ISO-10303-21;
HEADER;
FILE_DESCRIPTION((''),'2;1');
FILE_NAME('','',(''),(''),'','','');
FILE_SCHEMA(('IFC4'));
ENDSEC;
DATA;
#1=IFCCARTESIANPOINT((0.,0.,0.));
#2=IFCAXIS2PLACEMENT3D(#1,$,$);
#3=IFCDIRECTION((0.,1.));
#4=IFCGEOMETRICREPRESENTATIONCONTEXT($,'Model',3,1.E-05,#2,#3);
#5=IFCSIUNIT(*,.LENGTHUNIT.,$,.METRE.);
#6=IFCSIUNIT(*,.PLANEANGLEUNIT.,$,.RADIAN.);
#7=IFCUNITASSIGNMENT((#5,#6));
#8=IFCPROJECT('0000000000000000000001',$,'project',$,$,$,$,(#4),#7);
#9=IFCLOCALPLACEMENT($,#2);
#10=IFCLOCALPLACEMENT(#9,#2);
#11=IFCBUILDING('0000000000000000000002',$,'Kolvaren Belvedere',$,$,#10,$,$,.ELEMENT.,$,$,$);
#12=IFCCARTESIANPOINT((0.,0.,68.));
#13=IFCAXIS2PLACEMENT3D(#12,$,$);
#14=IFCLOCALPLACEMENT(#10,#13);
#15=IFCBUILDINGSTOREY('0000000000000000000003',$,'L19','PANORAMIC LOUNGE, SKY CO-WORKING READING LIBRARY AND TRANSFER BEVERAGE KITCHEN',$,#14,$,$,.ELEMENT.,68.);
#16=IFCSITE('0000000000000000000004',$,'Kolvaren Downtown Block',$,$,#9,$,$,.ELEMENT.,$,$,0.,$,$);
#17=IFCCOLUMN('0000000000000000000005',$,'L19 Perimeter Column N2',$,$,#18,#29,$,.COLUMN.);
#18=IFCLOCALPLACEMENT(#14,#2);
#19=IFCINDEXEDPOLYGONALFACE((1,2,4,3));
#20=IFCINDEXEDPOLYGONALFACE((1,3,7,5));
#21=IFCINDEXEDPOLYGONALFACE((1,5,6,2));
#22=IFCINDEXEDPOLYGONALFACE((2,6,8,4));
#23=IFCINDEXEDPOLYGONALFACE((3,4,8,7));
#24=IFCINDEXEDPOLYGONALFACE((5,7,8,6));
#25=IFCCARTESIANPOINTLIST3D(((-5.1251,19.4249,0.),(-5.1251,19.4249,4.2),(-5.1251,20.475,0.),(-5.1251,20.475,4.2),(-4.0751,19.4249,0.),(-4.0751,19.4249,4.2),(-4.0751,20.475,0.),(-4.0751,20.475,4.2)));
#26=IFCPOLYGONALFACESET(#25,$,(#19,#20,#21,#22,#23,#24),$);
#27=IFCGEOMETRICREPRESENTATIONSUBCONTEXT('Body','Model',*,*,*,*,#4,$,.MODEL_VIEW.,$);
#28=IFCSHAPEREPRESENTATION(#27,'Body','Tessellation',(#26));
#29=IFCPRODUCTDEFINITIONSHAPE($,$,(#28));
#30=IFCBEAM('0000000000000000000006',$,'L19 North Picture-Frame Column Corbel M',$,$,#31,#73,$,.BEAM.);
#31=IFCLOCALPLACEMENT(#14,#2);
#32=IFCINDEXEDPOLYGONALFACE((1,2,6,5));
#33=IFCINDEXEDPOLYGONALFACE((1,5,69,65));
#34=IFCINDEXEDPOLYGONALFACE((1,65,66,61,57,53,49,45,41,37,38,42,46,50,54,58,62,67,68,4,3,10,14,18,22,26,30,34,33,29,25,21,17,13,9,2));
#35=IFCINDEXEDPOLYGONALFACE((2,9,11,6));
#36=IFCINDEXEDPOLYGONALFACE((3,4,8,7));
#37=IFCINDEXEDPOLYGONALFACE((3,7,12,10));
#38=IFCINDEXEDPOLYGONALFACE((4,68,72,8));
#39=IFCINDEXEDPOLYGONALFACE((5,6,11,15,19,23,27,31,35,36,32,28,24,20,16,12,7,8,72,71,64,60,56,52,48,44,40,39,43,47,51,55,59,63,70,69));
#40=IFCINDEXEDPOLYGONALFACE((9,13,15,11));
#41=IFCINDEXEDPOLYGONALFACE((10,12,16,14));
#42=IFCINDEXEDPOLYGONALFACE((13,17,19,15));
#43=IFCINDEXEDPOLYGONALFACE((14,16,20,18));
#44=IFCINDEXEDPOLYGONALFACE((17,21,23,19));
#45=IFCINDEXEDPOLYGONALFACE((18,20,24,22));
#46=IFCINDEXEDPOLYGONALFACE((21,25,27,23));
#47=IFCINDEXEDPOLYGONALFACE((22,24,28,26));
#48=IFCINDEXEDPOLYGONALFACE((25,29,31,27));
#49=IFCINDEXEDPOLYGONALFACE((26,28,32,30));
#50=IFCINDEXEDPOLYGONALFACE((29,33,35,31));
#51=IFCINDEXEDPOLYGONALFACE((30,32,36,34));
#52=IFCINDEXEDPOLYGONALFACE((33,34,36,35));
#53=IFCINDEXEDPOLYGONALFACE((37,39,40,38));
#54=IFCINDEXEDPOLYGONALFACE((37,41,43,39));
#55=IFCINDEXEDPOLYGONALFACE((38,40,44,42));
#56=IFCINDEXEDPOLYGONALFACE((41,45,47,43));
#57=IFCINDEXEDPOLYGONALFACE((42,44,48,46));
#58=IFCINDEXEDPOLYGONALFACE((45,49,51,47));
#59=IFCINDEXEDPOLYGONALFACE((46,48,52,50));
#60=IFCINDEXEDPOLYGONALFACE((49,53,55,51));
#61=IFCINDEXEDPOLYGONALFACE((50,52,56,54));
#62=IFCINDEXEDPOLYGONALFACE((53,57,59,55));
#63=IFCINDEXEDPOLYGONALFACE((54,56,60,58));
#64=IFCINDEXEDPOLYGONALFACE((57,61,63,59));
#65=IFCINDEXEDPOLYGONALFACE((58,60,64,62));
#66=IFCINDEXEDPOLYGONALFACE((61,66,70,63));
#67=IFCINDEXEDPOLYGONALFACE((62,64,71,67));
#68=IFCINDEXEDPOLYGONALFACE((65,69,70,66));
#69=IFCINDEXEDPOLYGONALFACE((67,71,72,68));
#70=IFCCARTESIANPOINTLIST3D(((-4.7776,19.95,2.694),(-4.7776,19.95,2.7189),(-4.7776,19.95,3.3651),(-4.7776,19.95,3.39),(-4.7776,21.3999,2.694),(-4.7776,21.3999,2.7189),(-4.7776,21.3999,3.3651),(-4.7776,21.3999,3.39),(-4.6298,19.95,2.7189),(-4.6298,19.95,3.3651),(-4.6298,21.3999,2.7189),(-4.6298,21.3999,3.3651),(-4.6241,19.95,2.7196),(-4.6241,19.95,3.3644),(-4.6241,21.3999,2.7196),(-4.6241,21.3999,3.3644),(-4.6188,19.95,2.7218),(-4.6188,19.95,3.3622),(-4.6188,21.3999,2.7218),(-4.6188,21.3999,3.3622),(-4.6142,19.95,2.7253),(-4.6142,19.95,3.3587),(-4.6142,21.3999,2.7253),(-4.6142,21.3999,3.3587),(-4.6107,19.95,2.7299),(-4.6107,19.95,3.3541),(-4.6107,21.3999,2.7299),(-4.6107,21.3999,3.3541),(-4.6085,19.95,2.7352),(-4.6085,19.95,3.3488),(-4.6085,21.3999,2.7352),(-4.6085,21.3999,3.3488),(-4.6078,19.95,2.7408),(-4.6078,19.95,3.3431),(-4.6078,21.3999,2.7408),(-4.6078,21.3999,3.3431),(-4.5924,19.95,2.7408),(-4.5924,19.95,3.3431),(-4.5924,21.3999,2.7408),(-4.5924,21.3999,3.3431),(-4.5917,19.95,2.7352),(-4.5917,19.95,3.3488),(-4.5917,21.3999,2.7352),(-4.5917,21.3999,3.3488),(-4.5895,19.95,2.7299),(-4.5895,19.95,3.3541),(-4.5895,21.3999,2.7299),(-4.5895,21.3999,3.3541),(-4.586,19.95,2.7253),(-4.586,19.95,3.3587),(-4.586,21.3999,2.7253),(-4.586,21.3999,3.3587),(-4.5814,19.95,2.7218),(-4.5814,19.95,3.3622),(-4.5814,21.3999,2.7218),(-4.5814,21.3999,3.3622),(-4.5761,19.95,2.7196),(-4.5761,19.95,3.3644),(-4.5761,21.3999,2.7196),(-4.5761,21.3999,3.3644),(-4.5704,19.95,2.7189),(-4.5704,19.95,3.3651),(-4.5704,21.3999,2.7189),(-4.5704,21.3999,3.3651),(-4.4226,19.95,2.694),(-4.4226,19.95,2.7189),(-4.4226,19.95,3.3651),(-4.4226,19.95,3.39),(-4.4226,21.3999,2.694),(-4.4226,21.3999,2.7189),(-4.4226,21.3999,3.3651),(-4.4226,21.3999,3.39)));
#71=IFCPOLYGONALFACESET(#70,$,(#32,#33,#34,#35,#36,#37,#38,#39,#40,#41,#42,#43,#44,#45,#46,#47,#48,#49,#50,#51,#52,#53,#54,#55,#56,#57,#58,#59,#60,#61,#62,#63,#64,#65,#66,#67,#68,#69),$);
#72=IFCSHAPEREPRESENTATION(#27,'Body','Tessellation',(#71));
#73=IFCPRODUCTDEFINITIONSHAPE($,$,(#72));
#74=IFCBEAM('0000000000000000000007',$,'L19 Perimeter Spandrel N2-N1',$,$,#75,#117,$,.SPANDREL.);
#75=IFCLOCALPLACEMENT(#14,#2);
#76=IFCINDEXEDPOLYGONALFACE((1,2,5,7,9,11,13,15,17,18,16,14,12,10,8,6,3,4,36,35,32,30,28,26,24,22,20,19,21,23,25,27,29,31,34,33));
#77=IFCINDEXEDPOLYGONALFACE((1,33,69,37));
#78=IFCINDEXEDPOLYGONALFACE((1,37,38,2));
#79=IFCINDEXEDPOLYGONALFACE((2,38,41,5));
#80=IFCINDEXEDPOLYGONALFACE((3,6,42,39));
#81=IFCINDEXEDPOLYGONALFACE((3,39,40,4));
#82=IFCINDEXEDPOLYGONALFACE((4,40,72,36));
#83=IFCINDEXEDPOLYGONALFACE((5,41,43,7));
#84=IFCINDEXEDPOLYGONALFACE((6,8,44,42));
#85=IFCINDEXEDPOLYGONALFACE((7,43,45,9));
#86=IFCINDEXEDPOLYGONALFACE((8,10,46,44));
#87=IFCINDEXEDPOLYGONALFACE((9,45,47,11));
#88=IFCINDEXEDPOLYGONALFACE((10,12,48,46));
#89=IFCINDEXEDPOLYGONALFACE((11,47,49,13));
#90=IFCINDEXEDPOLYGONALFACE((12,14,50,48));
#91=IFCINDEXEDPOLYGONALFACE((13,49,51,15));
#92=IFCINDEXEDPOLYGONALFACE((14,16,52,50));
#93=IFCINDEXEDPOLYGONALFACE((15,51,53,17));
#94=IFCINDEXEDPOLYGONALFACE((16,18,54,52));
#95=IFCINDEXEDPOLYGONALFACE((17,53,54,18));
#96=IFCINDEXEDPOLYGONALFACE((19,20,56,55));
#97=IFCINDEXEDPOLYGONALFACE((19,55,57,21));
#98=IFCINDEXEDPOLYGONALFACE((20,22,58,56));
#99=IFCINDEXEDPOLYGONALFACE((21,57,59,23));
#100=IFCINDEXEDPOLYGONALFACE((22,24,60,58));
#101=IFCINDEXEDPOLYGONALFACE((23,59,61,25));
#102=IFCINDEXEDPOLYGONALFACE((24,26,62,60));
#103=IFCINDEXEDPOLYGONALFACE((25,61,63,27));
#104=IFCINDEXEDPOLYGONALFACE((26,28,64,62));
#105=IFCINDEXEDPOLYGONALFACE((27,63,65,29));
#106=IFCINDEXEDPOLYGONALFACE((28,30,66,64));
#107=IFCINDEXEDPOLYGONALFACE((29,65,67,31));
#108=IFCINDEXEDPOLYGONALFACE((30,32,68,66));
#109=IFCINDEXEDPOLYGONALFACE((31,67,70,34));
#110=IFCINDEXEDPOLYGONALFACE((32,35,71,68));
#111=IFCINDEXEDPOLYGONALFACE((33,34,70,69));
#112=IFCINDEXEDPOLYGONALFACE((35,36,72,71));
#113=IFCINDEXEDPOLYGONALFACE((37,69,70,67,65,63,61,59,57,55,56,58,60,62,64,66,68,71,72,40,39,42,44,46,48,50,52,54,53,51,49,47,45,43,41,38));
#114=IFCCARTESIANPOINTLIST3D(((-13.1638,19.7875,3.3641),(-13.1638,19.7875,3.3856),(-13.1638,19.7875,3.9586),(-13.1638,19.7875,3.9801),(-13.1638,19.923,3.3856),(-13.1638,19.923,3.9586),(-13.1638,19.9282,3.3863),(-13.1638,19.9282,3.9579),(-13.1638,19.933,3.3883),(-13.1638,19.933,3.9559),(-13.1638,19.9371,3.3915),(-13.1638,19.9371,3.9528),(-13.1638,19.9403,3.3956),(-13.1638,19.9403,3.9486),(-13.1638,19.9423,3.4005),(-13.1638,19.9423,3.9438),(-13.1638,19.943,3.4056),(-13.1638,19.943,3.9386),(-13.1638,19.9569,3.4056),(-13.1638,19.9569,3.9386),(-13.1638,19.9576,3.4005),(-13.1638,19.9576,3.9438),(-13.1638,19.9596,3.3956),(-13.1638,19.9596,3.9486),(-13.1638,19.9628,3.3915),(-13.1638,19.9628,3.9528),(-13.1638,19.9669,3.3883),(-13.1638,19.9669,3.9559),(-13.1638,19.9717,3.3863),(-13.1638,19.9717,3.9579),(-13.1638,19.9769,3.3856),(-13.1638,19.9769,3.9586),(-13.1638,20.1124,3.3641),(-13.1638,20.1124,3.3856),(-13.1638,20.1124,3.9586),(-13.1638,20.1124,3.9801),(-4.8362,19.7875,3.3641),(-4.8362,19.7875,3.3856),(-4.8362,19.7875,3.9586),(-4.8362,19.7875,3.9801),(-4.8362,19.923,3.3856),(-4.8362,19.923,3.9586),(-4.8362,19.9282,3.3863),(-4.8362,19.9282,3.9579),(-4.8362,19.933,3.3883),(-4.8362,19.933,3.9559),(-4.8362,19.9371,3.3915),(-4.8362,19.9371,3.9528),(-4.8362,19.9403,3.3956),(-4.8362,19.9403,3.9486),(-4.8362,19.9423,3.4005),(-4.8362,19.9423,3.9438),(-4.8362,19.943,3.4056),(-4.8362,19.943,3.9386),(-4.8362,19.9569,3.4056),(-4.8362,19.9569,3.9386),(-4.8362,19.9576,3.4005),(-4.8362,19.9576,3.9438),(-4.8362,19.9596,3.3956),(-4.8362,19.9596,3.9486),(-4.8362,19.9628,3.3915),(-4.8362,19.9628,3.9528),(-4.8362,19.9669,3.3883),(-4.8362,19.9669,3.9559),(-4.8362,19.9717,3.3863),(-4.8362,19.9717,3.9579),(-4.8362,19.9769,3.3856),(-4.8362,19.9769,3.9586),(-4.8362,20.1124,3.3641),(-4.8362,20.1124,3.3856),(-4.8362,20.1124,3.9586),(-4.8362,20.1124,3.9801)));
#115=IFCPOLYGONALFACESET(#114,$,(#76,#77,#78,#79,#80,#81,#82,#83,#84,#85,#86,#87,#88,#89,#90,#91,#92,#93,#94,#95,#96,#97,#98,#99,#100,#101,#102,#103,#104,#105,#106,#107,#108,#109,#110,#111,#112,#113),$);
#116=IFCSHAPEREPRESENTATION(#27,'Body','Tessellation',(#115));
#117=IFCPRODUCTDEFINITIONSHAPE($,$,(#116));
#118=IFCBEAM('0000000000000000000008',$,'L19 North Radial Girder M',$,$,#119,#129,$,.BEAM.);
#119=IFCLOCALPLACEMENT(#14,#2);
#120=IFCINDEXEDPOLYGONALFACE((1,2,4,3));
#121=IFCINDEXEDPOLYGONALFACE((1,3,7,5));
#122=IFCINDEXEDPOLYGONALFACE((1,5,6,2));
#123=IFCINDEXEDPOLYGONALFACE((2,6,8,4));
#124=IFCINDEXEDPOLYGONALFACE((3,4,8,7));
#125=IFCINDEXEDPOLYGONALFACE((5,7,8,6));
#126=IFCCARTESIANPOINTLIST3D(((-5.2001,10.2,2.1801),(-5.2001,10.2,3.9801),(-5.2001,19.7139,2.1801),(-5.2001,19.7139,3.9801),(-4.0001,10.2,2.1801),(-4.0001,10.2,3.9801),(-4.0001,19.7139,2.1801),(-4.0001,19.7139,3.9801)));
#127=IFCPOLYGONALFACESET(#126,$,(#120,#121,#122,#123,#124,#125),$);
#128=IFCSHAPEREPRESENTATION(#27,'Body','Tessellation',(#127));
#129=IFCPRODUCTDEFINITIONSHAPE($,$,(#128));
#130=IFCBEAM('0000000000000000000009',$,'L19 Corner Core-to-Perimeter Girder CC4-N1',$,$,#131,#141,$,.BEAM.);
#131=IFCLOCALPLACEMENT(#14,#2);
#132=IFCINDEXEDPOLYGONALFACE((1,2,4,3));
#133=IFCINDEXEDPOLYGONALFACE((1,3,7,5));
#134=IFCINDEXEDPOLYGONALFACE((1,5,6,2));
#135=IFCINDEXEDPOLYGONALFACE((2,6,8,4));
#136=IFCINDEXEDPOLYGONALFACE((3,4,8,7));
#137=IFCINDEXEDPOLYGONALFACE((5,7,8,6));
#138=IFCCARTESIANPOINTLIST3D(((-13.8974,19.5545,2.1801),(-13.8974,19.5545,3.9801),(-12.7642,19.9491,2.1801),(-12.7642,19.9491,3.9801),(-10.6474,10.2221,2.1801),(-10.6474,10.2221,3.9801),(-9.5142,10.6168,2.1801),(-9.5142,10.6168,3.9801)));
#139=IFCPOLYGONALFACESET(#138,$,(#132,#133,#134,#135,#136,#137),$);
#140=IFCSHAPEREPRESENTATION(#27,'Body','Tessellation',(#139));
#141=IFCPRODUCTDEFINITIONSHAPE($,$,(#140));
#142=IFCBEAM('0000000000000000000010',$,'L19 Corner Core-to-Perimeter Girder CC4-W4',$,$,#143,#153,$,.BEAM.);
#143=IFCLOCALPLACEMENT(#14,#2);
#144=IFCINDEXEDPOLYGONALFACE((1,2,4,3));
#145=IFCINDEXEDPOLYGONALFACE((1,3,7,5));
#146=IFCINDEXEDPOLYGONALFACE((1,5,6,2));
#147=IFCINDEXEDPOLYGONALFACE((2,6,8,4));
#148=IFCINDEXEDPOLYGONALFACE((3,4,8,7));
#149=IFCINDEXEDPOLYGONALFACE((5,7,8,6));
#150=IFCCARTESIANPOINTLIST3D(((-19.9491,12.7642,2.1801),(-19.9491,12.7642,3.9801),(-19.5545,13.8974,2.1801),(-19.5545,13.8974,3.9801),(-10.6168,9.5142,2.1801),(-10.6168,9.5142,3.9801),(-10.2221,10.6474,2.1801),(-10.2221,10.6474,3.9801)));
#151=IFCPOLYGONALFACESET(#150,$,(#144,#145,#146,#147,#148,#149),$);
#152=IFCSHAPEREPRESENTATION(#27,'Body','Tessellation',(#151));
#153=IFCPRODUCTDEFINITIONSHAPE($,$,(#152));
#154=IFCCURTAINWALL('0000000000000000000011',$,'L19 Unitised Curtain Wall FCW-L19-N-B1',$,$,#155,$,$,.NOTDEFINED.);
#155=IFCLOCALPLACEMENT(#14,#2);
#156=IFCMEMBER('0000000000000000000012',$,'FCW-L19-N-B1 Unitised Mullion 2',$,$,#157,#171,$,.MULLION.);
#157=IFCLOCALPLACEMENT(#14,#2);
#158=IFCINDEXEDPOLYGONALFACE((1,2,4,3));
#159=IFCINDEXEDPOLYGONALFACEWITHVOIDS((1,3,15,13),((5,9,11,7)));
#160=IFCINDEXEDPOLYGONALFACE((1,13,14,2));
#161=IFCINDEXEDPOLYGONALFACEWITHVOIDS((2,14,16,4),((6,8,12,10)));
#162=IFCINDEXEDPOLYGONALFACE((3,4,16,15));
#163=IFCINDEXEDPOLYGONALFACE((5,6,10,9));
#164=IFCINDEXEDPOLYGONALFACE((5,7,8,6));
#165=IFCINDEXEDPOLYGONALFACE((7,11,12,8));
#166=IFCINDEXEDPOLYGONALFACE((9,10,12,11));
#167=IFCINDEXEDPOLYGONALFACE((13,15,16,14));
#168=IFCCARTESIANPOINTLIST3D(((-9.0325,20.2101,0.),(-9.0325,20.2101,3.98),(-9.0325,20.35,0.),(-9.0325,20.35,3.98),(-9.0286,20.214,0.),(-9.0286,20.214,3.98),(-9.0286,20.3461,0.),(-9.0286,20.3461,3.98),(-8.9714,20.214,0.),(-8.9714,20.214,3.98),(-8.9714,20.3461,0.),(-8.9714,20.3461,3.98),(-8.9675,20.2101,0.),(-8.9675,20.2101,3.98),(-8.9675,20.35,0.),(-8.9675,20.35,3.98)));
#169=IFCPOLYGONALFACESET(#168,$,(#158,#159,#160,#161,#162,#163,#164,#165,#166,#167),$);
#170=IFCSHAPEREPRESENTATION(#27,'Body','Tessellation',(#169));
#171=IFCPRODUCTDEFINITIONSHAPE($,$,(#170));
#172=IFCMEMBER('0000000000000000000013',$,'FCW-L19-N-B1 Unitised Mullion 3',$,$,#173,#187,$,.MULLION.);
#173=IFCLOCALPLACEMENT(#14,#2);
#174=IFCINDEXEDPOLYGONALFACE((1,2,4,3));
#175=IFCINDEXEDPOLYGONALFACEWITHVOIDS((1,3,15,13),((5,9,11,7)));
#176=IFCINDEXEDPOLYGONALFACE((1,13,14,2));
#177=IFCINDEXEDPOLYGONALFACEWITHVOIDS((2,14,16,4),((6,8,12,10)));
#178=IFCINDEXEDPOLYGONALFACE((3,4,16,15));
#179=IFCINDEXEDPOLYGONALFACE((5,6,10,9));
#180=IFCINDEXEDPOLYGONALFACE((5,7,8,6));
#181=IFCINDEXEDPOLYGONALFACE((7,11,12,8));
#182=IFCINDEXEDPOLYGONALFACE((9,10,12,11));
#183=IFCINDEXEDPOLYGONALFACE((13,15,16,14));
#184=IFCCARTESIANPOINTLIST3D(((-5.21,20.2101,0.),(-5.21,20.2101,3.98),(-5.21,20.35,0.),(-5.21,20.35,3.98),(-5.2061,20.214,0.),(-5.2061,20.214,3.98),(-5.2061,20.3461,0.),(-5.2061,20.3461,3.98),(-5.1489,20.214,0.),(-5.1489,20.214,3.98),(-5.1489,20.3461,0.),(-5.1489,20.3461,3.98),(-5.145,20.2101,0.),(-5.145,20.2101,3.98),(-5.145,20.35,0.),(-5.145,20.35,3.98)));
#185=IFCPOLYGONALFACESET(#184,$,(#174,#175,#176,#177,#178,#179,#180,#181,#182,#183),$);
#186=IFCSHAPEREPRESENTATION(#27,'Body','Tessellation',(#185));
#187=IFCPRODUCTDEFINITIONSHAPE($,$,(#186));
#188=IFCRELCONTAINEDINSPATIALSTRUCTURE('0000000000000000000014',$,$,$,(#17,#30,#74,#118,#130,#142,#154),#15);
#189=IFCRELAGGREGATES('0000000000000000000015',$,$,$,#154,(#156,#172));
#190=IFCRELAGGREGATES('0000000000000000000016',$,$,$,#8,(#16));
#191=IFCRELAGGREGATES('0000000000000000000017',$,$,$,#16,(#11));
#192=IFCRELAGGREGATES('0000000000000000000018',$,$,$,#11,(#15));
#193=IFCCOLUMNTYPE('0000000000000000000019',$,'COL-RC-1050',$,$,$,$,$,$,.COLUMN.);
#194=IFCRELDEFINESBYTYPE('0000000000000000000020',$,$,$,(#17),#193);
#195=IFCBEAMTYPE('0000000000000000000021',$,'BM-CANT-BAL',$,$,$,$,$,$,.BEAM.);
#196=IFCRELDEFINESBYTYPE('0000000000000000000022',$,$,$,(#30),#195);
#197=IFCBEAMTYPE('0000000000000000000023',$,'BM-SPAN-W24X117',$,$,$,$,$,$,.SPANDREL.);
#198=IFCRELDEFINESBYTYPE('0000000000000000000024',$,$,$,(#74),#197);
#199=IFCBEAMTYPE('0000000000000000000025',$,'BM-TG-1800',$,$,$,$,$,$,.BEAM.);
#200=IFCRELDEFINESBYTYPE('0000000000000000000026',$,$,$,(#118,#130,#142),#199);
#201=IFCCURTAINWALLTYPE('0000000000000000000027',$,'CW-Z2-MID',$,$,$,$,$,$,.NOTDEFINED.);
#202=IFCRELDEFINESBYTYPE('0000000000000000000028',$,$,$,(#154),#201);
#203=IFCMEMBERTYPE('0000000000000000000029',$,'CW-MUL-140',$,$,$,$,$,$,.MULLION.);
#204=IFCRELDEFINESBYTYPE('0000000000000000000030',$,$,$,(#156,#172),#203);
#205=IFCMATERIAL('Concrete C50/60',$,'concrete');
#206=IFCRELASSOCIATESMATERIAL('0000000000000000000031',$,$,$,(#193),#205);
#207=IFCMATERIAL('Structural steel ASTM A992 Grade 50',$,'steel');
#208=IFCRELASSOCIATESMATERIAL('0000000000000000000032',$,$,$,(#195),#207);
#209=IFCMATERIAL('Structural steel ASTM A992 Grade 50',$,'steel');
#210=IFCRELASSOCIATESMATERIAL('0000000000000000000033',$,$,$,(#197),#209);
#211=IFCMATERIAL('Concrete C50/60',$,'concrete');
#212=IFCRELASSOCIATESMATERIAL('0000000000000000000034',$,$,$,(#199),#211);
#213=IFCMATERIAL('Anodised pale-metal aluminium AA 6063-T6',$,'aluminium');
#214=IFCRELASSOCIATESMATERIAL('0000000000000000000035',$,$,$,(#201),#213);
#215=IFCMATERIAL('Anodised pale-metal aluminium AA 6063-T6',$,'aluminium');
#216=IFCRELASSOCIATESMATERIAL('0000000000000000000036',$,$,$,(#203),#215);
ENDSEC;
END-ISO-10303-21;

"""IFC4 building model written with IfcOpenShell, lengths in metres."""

from ifc_helpers import new_model, si_unit, direction, frame, origin, origin_2d, place, context, subcontext, project, spatial, rectangle, hollow_rectangle, i_section, extrude, material, material_profile, profile_set, type_object, element, aggregate, save


model = new_model("IFC4")

# Units and contexts
model_context = context("Model", 3, precision=1e-05, world=origin(), true_north=direction((0.0, 1.0)))
body_context = subcontext(model_context, "Body", "Model", "MODEL_VIEW")
ifc_project = project(units=[si_unit("LENGTHUNIT", "METRE"), si_unit("PLANEANGLEUNIT", "RADIAN")], contexts=[model_context])

# Site, building, storey
site_placement = place(None, origin())
site = spatial("IfcSite", under=ifc_project, at=site_placement, Name="Kolvaren Downtown Block", CompositionType="ELEMENT", RefElevation=0.0)
building_placement = place(site_placement, origin())
building = spatial("IfcBuilding", under=site, at=building_placement, Name="Kolvaren Belvedere", CompositionType="ELEMENT")
storey_placement = place(building_placement, frame((0.0, 0.0, 68.0)))
storey = spatial("IfcBuildingStorey", under=building, at=storey_placement, Name="L19", Description="PANORAMIC LOUNGE, SKY CO-WORKING READING LIBRARY AND TRANSFER BEVERAGE KITCHEN", CompositionType="ELEMENT", Elevation=68.0)

# Column
ifc_material_1 = material(Name="Concrete C50/60", Category="concrete")
ifc_material_profile_1 = material_profile(ifc_material_1, rectangle(XDim=1.05, YDim=1.05, at=origin_2d()), Name="RC 1050X1050")
ifc_profile_set_1 = profile_set([ifc_material_profile_1], Name="Concrete C50/60")
column_type = type_object("IfcColumnType", Name="COL-RC-1050", PredefinedType="COLUMN", material=ifc_profile_set_1)
column_placement = place(storey_placement, frame((-4.6001, 19.95, 0.0), z_axis=(0.0, 0.0, 1.0), x_axis=(1.0, 0.0, 0.0)))
element("IfcColumn", 1, at=column_placement, inside=storey, type_object=column_type, Name="L19 Perimeter Column N2", PredefinedType="COLUMN", context=body_context, shape_type="SweptSolid", body=[
    extrude(rectangle(XDim=1.05, YDim=1.05, at=origin_2d()), origin(), (0.0, 0.0, 1.0), 4.2),
])

# Beams
ifc_material_2 = material(Name="Structural steel ASTM A992 Grade 50", Category="steel")
ifc_material_profile_2 = material_profile(ifc_material_2, i_section(OverallWidth=0.355, OverallDepth=0.696, WebThickness=0.0154, FlangeThickness=0.0249, FilletRadius=0.022, at=origin_2d()), Name="W27X146")
ifc_profile_set_2 = profile_set([ifc_material_profile_2], Name="Structural steel ASTM A992 Grade 50")
beam_type_1 = type_object("IfcBeamType", Name="BM-CANT-BAL", PredefinedType="BEAM", material=ifc_profile_set_2)
beam_1_placement = place(storey_placement, frame((-4.6001, 19.95, 3.042), z_axis=(0.0, 1.0, 0.0), x_axis=(-1.0, 0.0, 0.0)))
element("IfcBeam", 2, at=beam_1_placement, inside=storey, type_object=beam_type_1, Name="L19 North Picture-Frame Column Corbel M", PredefinedType="BEAM", context=body_context, shape_type="SweptSolid", body=[
    extrude(i_section(OverallWidth=0.355, OverallDepth=0.696, WebThickness=0.0154, FlangeThickness=0.0249, FilletRadius=0.022, at=origin_2d()), origin(), (0.0, 0.0, 1.0), 1.45),
])
ifc_material_3 = material(Name="Structural steel ASTM A992 Grade 50", Category="steel")
ifc_material_profile_3 = material_profile(ifc_material_3, i_section(OverallWidth=0.325, OverallDepth=0.616, WebThickness=0.0139, FlangeThickness=0.0215, FilletRadius=0.02, at=origin_2d()), Name="W24X117")
ifc_profile_set_3 = profile_set([ifc_material_profile_3], Name="Structural steel ASTM A992 Grade 50")
beam_type_2 = type_object("IfcBeamType", Name="BM-SPAN-W24X117", PredefinedType="SPANDREL", material=ifc_profile_set_3)
beam_2_placement = place(storey_placement, frame((-4.8362, 19.95, 3.6721), z_axis=(-1.0, 0.0, 0.0), x_axis=(0.0, -1.0, 0.0)))
element("IfcBeam", 3, at=beam_2_placement, inside=storey, type_object=beam_type_2, Name="L19 Perimeter Spandrel N2-N1", PredefinedType="SPANDREL", context=body_context, shape_type="SweptSolid", body=[
    extrude(i_section(OverallWidth=0.325, OverallDepth=0.616, WebThickness=0.0139, FlangeThickness=0.0215, FilletRadius=0.02, at=origin_2d()), origin(), (0.0, 0.0, 1.0), 8.3276),
])
ifc_material_4 = material(Name="Concrete C50/60", Category="concrete")
ifc_material_profile_4 = material_profile(ifc_material_4, rectangle(XDim=1.2, YDim=1.8, at=origin_2d()), Name="RC 1200X1800")
ifc_profile_set_4 = profile_set([ifc_material_profile_4], Name="Concrete C50/60")
beam_type_3 = type_object("IfcBeamType", Name="BM-TG-1800", PredefinedType="BEAM", material=ifc_profile_set_4)
beam_3_placement = place(storey_placement, frame((-4.6001, 10.2, 3.0801), z_axis=(0.0, 1.0, 0.0), x_axis=(-1.0, 0.0, 0.0)))
element("IfcBeam", 4, at=beam_3_placement, inside=storey, type_object=beam_type_3, Name="L19 North Radial Girder M", PredefinedType="BEAM", context=body_context, shape_type="SweptSolid", body=[
    extrude(rectangle(XDim=1.2, YDim=1.8, at=origin_2d()), origin(), (0.0, 0.0, 1.0), 9.5139),
])
for number, where, z_axis, x_axis, name in (
    (5, (-10.0808, 10.4194, 3.0801), (-0.328881, 0.944371, 0.0), (-0.944371, -0.328881, 0.0), "L19 Corner Core-to-Perimeter Girder CC4-N1"),
    (6, (-10.4194, 10.0808, 3.0801), (-0.944371, 0.328881, 0.0), (-0.328881, -0.944371, 0.0), "L19 Corner Core-to-Perimeter Girder CC4-W4"),
):
    element("IfcBeam", number, at=place(storey_placement, frame(where, z_axis=z_axis, x_axis=x_axis)), inside=storey, type_object=beam_type_3, Name=name, PredefinedType="BEAM", context=body_context, shape_type="SweptSolid", body=[
        extrude(rectangle(XDim=1.2, YDim=1.8, at=origin_2d()), origin(), (0.0, 0.0, 1.0), 9.8821),
    ])

# Curtain wall, members
ifc_material_5 = material(Name="Anodised pale-metal aluminium AA 6063-T6", Category="aluminium")
curtain_wall_type = type_object("IfcCurtainWallType", Name="CW-Z2-MID", PredefinedType="NOTDEFINED", material=ifc_material_5)
curtain_wall_1_placement = place(storey_placement, origin())
curtain_wall_1 = element("IfcCurtainWall", 7, at=curtain_wall_1_placement, inside=storey, type_object=curtain_wall_type, Name="L19 Unitised Curtain Wall FCW-L19-N-B1", PredefinedType="NOTDEFINED")
ifc_material_6 = material(Name="Anodised pale-metal aluminium AA 6063-T6", Category="aluminium")
ifc_material_profile_5 = material_profile(ifc_material_6, hollow_rectangle(XDim=0.0649, YDim=0.1399, WallThickness=0.0039, at=origin_2d()), Name="ALU-MUL-140X65")
ifc_profile_set_5 = profile_set([ifc_material_profile_5], Name="Anodised pale-metal aluminium AA 6063-T6")
member_type_1 = type_object("IfcMemberType", Name="CW-MUL-140", PredefinedType="MULLION", material=ifc_profile_set_5)
member_1_placement = place(storey_placement, frame((-9.0, 20.28, 0.0), z_axis=(0.0, 0.0, 1.0), x_axis=(1.0, 0.0, 0.0)))
member_1 = element("IfcMember", 8, at=member_1_placement, type_object=member_type_1, Name="FCW-L19-N-B1 Unitised Mullion 2", PredefinedType="MULLION", context=body_context, shape_type="SweptSolid", body=[
    extrude(hollow_rectangle(XDim=0.0649, YDim=0.1399, WallThickness=0.0039, at=origin_2d()), origin(), (0.0, 0.0, 1.0), 3.98),
])
member_2_placement = place(storey_placement, frame((-5.1775, 20.28, 0.0), z_axis=(0.0, 0.0, 1.0), x_axis=(1.0, 0.0, 0.0)))
member_2 = element("IfcMember", 9, at=member_2_placement, type_object=member_type_1, Name="FCW-L19-N-B1 Unitised Mullion 3", PredefinedType="MULLION", context=body_context, shape_type="SweptSolid", body=[
    extrude(hollow_rectangle(XDim=0.0649, YDim=0.1399, WallThickness=0.0039, at=origin_2d()), origin(), (0.0, 0.0, 1.0), 3.98),
])

aggregate(curtain_wall_1, [member_1, member_2])

save(model, "model.ifc")
